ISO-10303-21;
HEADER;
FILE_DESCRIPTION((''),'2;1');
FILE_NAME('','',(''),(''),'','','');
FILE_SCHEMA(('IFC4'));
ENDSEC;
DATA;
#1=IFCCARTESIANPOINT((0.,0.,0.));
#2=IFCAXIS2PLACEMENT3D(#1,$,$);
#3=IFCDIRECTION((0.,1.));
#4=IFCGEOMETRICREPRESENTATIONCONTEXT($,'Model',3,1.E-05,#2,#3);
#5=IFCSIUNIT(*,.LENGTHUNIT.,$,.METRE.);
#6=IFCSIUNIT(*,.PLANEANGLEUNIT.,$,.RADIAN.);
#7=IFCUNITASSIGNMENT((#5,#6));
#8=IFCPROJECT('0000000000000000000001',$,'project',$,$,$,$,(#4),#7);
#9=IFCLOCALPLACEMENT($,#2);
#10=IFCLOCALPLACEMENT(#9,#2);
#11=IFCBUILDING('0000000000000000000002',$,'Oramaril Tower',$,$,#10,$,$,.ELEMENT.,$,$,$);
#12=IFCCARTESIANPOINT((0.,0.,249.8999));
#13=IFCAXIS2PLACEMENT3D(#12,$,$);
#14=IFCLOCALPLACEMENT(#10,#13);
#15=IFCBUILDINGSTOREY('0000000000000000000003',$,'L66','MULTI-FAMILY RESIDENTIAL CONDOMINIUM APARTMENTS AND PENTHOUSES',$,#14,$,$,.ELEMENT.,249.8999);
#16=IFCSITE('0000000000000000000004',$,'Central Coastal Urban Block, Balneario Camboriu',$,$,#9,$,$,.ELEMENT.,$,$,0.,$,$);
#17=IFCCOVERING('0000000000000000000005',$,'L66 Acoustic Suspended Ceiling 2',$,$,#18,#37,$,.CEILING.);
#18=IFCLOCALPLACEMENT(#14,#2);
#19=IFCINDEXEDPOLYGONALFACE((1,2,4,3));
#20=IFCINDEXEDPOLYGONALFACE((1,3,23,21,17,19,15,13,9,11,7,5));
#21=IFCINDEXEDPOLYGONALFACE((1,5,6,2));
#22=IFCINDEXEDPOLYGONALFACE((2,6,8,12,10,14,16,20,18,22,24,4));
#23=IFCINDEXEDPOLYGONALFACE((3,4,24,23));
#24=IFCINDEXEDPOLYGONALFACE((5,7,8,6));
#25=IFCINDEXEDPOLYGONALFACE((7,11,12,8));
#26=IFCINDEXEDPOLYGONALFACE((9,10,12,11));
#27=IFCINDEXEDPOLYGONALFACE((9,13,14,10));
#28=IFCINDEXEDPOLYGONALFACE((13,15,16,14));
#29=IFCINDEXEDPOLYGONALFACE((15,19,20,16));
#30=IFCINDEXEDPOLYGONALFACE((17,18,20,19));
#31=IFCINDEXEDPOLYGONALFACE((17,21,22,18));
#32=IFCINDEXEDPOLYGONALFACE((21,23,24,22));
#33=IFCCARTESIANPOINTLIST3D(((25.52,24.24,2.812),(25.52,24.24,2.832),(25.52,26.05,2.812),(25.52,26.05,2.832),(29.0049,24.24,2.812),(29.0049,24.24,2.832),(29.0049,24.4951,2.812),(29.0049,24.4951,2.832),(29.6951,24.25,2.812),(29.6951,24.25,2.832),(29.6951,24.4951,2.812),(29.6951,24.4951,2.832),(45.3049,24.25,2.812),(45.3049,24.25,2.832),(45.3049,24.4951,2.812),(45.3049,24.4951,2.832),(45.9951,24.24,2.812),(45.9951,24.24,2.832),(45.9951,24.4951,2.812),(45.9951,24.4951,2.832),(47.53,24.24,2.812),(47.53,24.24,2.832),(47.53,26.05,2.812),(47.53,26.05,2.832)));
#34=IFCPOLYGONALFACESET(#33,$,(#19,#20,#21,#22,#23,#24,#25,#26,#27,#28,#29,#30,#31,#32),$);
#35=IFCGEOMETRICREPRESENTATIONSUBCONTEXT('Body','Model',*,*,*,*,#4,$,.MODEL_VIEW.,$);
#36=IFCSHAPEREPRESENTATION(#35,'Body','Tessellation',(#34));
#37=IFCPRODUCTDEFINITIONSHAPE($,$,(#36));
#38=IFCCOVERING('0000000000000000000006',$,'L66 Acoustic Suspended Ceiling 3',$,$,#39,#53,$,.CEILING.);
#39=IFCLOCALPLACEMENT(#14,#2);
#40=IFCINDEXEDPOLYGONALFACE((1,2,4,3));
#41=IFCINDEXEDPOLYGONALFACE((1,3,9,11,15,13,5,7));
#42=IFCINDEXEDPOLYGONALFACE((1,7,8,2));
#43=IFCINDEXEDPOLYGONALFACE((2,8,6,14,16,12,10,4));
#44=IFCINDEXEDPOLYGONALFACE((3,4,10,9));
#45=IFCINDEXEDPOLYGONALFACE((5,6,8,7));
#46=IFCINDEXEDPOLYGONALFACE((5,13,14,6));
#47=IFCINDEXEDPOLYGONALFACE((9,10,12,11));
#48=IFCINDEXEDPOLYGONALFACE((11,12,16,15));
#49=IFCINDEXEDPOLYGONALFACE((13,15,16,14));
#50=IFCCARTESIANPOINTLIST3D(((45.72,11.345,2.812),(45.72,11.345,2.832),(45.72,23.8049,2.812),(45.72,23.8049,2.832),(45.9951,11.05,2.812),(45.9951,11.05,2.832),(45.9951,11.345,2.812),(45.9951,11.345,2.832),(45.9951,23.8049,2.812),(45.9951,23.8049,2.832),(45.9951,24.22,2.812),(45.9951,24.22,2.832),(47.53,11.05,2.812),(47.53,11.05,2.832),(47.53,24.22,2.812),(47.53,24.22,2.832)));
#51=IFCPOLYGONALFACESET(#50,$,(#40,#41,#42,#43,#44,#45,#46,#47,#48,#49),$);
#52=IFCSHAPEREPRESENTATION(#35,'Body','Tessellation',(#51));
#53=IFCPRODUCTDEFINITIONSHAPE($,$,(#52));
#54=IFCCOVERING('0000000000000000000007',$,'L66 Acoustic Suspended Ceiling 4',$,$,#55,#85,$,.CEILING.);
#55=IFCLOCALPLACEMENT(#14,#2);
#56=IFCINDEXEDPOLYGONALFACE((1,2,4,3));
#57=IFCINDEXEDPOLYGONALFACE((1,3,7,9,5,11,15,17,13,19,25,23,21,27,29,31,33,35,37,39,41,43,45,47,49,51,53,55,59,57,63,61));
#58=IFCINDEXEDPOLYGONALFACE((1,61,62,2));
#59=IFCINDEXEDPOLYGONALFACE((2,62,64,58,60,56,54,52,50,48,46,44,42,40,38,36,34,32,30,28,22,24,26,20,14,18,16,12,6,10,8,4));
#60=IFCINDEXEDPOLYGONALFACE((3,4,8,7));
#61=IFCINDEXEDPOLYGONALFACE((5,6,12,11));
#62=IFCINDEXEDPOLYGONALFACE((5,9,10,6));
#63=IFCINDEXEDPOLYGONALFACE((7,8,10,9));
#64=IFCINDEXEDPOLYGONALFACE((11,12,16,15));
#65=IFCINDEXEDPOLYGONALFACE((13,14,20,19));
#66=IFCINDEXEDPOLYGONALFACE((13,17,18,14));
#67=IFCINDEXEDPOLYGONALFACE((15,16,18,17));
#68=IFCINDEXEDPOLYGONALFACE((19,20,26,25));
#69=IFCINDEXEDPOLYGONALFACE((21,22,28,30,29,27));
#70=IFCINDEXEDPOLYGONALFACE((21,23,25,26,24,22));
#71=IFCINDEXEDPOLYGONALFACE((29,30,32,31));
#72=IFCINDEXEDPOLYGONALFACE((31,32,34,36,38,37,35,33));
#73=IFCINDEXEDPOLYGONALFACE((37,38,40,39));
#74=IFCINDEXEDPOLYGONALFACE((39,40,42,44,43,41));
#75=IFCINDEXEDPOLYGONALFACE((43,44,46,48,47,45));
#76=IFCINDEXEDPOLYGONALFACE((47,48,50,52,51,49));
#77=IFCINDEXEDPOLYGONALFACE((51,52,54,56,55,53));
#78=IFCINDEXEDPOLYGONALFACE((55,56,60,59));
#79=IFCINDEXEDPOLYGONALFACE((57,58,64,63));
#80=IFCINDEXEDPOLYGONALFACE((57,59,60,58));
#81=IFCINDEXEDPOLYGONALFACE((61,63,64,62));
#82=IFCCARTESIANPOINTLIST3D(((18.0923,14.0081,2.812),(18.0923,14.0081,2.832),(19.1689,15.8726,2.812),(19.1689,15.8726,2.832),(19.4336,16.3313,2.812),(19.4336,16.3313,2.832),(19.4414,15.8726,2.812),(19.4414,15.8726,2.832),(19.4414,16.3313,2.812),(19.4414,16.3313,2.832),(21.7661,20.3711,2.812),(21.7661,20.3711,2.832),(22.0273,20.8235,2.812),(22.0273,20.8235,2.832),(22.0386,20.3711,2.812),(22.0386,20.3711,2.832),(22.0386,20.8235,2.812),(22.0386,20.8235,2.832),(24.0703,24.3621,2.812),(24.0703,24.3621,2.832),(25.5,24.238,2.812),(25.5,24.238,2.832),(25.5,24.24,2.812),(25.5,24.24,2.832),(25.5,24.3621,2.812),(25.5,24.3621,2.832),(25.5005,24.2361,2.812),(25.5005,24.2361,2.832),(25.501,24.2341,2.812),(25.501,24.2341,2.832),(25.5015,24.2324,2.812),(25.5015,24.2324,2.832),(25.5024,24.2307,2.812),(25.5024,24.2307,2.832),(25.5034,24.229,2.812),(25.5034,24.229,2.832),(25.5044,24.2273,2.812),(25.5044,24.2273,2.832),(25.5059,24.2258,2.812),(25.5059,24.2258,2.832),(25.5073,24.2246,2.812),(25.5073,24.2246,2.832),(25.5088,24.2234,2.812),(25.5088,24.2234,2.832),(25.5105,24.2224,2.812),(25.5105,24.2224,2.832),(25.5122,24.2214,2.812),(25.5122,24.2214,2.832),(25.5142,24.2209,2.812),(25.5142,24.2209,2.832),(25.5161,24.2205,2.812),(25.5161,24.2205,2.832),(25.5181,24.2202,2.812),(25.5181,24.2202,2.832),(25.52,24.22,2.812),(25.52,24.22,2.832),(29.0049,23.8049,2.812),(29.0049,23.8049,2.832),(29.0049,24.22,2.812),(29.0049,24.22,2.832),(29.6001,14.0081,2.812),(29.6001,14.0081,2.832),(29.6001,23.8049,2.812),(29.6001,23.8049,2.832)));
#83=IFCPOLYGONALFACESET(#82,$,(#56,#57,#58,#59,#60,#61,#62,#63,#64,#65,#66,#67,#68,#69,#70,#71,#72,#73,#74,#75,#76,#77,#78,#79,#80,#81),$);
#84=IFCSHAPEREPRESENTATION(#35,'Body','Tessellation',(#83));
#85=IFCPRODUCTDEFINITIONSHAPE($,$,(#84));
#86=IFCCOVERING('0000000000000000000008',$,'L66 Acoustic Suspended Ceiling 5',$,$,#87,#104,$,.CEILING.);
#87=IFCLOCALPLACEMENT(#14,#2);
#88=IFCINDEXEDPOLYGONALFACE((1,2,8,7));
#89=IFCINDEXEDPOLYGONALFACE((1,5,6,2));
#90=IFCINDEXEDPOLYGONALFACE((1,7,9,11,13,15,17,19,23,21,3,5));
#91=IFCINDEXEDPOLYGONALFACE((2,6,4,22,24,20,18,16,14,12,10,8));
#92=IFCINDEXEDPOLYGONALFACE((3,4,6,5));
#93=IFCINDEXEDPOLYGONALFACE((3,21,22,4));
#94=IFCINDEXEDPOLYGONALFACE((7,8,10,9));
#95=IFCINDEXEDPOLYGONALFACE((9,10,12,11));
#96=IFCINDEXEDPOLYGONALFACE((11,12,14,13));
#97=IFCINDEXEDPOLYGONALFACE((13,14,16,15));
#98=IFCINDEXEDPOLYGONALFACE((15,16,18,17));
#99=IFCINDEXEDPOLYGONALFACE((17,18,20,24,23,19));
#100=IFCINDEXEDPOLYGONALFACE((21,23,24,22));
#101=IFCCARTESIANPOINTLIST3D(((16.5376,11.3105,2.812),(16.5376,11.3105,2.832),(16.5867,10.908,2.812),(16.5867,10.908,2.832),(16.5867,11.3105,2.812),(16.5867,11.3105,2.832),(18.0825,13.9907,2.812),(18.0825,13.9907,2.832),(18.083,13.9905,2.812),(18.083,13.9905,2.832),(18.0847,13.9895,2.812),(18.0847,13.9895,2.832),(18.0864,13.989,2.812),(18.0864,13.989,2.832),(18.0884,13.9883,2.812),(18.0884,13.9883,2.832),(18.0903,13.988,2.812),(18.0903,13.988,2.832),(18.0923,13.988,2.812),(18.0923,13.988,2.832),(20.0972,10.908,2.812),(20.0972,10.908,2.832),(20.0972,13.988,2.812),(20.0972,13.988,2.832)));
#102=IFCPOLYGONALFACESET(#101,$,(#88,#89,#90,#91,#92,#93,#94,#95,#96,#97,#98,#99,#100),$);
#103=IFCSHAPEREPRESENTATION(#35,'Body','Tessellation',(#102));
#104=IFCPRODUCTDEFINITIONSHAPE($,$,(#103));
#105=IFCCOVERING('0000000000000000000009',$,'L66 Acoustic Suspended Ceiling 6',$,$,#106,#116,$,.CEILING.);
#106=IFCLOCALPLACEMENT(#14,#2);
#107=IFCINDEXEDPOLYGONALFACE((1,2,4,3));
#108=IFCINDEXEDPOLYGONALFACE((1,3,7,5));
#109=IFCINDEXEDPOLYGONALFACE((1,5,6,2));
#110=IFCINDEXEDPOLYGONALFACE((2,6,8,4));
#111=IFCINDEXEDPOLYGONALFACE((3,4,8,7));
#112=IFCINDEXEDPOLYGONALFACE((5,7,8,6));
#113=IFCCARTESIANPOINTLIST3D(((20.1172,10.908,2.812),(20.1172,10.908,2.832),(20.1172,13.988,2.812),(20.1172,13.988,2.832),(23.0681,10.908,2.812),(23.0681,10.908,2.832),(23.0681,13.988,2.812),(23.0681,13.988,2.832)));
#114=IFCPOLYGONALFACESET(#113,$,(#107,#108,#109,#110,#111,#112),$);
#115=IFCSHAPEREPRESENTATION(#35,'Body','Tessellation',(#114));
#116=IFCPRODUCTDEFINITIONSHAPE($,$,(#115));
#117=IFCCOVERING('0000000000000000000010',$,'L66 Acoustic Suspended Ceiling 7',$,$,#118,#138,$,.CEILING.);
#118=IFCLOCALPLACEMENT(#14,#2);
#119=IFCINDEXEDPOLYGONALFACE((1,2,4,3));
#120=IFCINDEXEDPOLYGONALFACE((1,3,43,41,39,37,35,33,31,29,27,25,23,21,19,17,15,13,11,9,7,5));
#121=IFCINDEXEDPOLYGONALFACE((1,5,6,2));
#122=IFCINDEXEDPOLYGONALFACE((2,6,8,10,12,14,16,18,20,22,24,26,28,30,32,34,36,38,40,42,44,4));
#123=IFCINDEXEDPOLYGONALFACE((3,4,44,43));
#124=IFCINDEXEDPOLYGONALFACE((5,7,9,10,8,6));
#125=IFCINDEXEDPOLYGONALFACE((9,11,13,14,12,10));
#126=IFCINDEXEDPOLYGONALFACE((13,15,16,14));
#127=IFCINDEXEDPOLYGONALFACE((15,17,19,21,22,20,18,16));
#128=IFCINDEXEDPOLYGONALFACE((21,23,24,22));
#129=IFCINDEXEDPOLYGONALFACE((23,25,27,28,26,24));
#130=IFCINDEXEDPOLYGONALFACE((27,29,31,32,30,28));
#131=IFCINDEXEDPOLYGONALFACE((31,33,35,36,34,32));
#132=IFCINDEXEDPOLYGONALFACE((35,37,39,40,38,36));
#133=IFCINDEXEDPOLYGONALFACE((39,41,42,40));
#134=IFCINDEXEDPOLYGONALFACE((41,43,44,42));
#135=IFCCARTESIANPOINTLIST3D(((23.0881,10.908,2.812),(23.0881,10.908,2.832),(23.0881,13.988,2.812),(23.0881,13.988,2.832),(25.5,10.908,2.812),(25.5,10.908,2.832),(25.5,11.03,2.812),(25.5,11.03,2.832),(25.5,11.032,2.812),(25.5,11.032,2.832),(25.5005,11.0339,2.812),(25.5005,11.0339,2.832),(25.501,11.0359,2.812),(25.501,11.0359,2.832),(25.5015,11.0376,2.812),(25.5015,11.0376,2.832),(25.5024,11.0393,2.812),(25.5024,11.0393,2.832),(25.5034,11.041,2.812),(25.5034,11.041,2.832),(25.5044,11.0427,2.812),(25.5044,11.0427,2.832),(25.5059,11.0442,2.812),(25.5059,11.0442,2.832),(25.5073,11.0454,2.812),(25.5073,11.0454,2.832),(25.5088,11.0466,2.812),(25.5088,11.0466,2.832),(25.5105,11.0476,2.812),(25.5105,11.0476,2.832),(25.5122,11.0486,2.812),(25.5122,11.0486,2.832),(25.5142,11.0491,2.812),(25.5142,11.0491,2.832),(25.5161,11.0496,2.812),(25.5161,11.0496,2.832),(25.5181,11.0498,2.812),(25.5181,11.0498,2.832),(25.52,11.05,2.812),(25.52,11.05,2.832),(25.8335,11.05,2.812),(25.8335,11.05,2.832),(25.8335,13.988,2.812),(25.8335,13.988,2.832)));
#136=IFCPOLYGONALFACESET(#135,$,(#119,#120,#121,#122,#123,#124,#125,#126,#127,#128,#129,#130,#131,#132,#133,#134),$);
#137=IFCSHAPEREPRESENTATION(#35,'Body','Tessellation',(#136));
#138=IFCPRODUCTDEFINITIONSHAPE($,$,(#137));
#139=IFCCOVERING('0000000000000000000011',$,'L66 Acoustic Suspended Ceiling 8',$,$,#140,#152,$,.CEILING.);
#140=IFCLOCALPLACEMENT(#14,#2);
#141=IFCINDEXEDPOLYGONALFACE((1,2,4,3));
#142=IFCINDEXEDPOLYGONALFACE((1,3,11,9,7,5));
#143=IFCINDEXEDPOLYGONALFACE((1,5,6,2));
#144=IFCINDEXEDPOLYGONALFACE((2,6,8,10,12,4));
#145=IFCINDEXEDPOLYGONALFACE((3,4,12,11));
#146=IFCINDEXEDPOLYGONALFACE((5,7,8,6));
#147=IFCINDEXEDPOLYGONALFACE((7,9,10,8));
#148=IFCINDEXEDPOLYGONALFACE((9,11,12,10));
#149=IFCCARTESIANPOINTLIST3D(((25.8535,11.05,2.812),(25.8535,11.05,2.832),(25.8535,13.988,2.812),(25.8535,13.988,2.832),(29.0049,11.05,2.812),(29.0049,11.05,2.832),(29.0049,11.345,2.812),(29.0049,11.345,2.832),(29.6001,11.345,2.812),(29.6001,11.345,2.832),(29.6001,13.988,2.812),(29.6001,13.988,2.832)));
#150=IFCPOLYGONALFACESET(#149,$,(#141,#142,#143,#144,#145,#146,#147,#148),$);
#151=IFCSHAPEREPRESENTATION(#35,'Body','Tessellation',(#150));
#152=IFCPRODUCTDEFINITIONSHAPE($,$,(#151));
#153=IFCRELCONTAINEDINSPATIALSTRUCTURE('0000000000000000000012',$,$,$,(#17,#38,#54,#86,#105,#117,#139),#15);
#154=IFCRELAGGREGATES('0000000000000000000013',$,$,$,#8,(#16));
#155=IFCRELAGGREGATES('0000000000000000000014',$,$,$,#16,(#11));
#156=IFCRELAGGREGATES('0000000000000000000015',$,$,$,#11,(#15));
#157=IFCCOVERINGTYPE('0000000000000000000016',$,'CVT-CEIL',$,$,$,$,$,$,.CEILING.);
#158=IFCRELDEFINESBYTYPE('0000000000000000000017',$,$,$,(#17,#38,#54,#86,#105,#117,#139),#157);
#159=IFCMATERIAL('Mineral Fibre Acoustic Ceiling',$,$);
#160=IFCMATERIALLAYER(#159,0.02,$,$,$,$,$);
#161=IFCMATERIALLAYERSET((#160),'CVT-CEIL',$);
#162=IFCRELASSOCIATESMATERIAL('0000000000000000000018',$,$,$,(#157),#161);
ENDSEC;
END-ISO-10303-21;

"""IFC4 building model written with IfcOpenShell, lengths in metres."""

from ifc_helpers import new_model, si_unit, direction, frame, origin, place, context, subcontext, project, spatial, polyline, outline, extrude, material, layer, layer_set, type_object, element, save


model = new_model("IFC4")

# Units and contexts
model_context = context("Model", 3, precision=1e-05, world=origin(), true_north=direction((0.0, 1.0)))
body_context = subcontext(model_context, "Body", "Model", "MODEL_VIEW")
ifc_project = project(units=[si_unit("LENGTHUNIT", "METRE"), si_unit("PLANEANGLEUNIT", "RADIAN")], contexts=[model_context])

# Site, building, storey
site_placement = place(None, origin())
site = spatial("IfcSite", under=ifc_project, at=site_placement, Name="Central Coastal Urban Block, Balneario Camboriu", CompositionType="ELEMENT", RefElevation=0.0)
building_placement = place(site_placement, origin())
building = spatial("IfcBuilding", under=site, at=building_placement, Name="Oramaril Tower", CompositionType="ELEMENT")
storey_placement = place(building_placement, frame((0.0, 0.0, 249.8999)))
storey = spatial("IfcBuildingStorey", under=building, at=storey_placement, Name="L66", Description="MULTI-FAMILY RESIDENTIAL CONDOMINIUM APARTMENTS AND PENTHOUSES", CompositionType="ELEMENT", Elevation=249.8999)

# Coverings
ifc_material_1 = material(Name="Mineral Fibre Acoustic Ceiling")
ifc_layer_1 = layer(ifc_material_1, 0.02)
ifc_layer_set_1 = layer_set([ifc_layer_1], Name="CVT-CEIL")
covering_type_1 = type_object("IfcCoveringType", Name="CVT-CEIL", PredefinedType="CEILING", material=ifc_layer_set_1)
covering_1_placement = place(storey_placement, frame((0.0, 0.0, 2.812)))
element("IfcCovering", 1, at=covering_1_placement, inside=storey, type_object=covering_type_1, Name="L66 Acoustic Suspended Ceiling 2", PredefinedType="CEILING", context=body_context, shape_type="SweptSolid", body=[
    extrude(outline(polyline([(47.53, 24.24), (45.9951, 24.24), (45.9951, 24.4951), (45.3049, 24.4951), (45.3049, 24.25), (29.6951, 24.25), (29.6951, 24.4951), (29.0049, 24.4951), (29.0049, 24.24), (25.52, 24.24), (25.52, 26.05), (47.53, 26.05), (47.53, 24.24)])), origin(), (0.0, 0.0, 1.0), 0.02),
])
covering_2_placement = place(storey_placement, frame((0.0, 0.0, 2.812)))
element("IfcCovering", 2, at=covering_2_placement, inside=storey, type_object=covering_type_1, Name="L66 Acoustic Suspended Ceiling 3", PredefinedType="CEILING", context=body_context, shape_type="SweptSolid", body=[
    extrude(outline(polyline([(47.53, 11.05), (45.9951, 11.05), (45.9951, 11.345), (45.72, 11.345), (45.72, 23.8049), (45.9951, 23.8049), (45.9951, 24.22), (47.53, 24.22), (47.53, 11.05)])), origin(), (0.0, 0.0, 1.0), 0.02),
])
covering_3_placement = place(storey_placement, frame((0.0, 0.0, 2.812)))
element("IfcCovering", 3, at=covering_3_placement, inside=storey, type_object=covering_type_1, Name="L66 Acoustic Suspended Ceiling 4", PredefinedType="CEILING", context=body_context, shape_type="SweptSolid", body=[
    extrude(outline(polyline([(29.0049, 23.8049), (29.6001, 23.8049), (29.6001, 14.0081), (18.0923, 14.0081), (19.1689, 15.8726), (19.4414, 15.8726), (19.4414, 16.3313), (19.4336, 16.3313), (21.7661, 20.3711), (22.0386, 20.3711), (22.0386, 20.8235), (22.0273, 20.8235), (24.0703, 24.3621), (25.5, 24.3621), (25.5, 24.24), (25.5, 24.238), (25.5005, 24.2361), (25.501, 24.2341), (25.5015, 24.2324), (25.5024, 24.2307), (25.5034, 24.229), (25.5044, 24.2273), (25.5059, 24.2258), (25.5073, 24.2246), (25.5088, 24.2234), (25.5105, 24.2224), (25.5122, 24.2214), (25.5142, 24.2209), (25.5161, 24.2205), (25.5181, 24.2202), (25.52, 24.22), (29.0049, 24.22), (29.0049, 23.8049)])), origin(), (0.0, 0.0, 1.0), 0.02),
])
covering_4_placement = place(storey_placement, frame((0.0, 0.0, 2.812)))
element("IfcCovering", 4, at=covering_4_placement, inside=storey, type_object=covering_type_1, Name="L66 Acoustic Suspended Ceiling 5", PredefinedType="CEILING", context=body_context, shape_type="SweptSolid", body=[
    extrude(outline(polyline([(16.5867, 10.908), (16.5867, 11.3105), (16.5376, 11.3105), (18.0825, 13.9907), (18.083, 13.9905), (18.0847, 13.9895), (18.0864, 13.989), (18.0884, 13.9883), (18.0903, 13.988), (18.0923, 13.988), (20.0972, 13.988), (20.0972, 10.908), (16.5867, 10.908)])), origin(), (0.0, 0.0, 1.0), 0.02),
])
covering_5_placement = place(storey_placement, frame((0.0, 0.0, 2.812)))
element("IfcCovering", 5, at=covering_5_placement, inside=storey, type_object=covering_type_1, Name="L66 Acoustic Suspended Ceiling 6", PredefinedType="CEILING", context=body_context, shape_type="SweptSolid", body=[
    extrude(outline(polyline([(20.1172, 10.908), (20.1172, 13.988), (23.0681, 13.988), (23.0681, 10.908), (20.1172, 10.908)])), origin(), (0.0, 0.0, 1.0), 0.02),
])
covering_6_placement = place(storey_placement, frame((0.0, 0.0, 2.812)))
element("IfcCovering", 6, at=covering_6_placement, inside=storey, type_object=covering_type_1, Name="L66 Acoustic Suspended Ceiling 7", PredefinedType="CEILING", context=body_context, shape_type="SweptSolid", body=[
    extrude(outline(polyline([(23.0881, 10.908), (23.0881, 13.988), (25.8335, 13.988), (25.8335, 11.05), (25.52, 11.05), (25.5181, 11.0498), (25.5161, 11.0496), (25.5142, 11.0491), (25.5122, 11.0486), (25.5105, 11.0476), (25.5088, 11.0466), (25.5073, 11.0454), (25.5059, 11.0442), (25.5044, 11.0427), (25.5034, 11.041), (25.5024, 11.0393), (25.5015, 11.0376), (25.501, 11.0359), (25.5005, 11.0339), (25.5, 11.032), (25.5, 11.03), (25.5, 10.908), (23.0881, 10.908)])), origin(), (0.0, 0.0, 1.0), 0.02),
])
covering_7_placement = place(storey_placement, frame((0.0, 0.0, 2.812)))
element("IfcCovering", 7, at=covering_7_placement, inside=storey, type_object=covering_type_1, Name="L66 Acoustic Suspended Ceiling 8", PredefinedType="CEILING", context=body_context, shape_type="SweptSolid", body=[
    extrude(outline(polyline([(29.6001, 11.345), (29.0049, 11.345), (29.0049, 11.05), (25.8535, 11.05), (25.8535, 13.988), (29.6001, 13.988), (29.6001, 11.345)])), origin(), (0.0, 0.0, 1.0), 0.02),
])

save(model, "model.ifc")
